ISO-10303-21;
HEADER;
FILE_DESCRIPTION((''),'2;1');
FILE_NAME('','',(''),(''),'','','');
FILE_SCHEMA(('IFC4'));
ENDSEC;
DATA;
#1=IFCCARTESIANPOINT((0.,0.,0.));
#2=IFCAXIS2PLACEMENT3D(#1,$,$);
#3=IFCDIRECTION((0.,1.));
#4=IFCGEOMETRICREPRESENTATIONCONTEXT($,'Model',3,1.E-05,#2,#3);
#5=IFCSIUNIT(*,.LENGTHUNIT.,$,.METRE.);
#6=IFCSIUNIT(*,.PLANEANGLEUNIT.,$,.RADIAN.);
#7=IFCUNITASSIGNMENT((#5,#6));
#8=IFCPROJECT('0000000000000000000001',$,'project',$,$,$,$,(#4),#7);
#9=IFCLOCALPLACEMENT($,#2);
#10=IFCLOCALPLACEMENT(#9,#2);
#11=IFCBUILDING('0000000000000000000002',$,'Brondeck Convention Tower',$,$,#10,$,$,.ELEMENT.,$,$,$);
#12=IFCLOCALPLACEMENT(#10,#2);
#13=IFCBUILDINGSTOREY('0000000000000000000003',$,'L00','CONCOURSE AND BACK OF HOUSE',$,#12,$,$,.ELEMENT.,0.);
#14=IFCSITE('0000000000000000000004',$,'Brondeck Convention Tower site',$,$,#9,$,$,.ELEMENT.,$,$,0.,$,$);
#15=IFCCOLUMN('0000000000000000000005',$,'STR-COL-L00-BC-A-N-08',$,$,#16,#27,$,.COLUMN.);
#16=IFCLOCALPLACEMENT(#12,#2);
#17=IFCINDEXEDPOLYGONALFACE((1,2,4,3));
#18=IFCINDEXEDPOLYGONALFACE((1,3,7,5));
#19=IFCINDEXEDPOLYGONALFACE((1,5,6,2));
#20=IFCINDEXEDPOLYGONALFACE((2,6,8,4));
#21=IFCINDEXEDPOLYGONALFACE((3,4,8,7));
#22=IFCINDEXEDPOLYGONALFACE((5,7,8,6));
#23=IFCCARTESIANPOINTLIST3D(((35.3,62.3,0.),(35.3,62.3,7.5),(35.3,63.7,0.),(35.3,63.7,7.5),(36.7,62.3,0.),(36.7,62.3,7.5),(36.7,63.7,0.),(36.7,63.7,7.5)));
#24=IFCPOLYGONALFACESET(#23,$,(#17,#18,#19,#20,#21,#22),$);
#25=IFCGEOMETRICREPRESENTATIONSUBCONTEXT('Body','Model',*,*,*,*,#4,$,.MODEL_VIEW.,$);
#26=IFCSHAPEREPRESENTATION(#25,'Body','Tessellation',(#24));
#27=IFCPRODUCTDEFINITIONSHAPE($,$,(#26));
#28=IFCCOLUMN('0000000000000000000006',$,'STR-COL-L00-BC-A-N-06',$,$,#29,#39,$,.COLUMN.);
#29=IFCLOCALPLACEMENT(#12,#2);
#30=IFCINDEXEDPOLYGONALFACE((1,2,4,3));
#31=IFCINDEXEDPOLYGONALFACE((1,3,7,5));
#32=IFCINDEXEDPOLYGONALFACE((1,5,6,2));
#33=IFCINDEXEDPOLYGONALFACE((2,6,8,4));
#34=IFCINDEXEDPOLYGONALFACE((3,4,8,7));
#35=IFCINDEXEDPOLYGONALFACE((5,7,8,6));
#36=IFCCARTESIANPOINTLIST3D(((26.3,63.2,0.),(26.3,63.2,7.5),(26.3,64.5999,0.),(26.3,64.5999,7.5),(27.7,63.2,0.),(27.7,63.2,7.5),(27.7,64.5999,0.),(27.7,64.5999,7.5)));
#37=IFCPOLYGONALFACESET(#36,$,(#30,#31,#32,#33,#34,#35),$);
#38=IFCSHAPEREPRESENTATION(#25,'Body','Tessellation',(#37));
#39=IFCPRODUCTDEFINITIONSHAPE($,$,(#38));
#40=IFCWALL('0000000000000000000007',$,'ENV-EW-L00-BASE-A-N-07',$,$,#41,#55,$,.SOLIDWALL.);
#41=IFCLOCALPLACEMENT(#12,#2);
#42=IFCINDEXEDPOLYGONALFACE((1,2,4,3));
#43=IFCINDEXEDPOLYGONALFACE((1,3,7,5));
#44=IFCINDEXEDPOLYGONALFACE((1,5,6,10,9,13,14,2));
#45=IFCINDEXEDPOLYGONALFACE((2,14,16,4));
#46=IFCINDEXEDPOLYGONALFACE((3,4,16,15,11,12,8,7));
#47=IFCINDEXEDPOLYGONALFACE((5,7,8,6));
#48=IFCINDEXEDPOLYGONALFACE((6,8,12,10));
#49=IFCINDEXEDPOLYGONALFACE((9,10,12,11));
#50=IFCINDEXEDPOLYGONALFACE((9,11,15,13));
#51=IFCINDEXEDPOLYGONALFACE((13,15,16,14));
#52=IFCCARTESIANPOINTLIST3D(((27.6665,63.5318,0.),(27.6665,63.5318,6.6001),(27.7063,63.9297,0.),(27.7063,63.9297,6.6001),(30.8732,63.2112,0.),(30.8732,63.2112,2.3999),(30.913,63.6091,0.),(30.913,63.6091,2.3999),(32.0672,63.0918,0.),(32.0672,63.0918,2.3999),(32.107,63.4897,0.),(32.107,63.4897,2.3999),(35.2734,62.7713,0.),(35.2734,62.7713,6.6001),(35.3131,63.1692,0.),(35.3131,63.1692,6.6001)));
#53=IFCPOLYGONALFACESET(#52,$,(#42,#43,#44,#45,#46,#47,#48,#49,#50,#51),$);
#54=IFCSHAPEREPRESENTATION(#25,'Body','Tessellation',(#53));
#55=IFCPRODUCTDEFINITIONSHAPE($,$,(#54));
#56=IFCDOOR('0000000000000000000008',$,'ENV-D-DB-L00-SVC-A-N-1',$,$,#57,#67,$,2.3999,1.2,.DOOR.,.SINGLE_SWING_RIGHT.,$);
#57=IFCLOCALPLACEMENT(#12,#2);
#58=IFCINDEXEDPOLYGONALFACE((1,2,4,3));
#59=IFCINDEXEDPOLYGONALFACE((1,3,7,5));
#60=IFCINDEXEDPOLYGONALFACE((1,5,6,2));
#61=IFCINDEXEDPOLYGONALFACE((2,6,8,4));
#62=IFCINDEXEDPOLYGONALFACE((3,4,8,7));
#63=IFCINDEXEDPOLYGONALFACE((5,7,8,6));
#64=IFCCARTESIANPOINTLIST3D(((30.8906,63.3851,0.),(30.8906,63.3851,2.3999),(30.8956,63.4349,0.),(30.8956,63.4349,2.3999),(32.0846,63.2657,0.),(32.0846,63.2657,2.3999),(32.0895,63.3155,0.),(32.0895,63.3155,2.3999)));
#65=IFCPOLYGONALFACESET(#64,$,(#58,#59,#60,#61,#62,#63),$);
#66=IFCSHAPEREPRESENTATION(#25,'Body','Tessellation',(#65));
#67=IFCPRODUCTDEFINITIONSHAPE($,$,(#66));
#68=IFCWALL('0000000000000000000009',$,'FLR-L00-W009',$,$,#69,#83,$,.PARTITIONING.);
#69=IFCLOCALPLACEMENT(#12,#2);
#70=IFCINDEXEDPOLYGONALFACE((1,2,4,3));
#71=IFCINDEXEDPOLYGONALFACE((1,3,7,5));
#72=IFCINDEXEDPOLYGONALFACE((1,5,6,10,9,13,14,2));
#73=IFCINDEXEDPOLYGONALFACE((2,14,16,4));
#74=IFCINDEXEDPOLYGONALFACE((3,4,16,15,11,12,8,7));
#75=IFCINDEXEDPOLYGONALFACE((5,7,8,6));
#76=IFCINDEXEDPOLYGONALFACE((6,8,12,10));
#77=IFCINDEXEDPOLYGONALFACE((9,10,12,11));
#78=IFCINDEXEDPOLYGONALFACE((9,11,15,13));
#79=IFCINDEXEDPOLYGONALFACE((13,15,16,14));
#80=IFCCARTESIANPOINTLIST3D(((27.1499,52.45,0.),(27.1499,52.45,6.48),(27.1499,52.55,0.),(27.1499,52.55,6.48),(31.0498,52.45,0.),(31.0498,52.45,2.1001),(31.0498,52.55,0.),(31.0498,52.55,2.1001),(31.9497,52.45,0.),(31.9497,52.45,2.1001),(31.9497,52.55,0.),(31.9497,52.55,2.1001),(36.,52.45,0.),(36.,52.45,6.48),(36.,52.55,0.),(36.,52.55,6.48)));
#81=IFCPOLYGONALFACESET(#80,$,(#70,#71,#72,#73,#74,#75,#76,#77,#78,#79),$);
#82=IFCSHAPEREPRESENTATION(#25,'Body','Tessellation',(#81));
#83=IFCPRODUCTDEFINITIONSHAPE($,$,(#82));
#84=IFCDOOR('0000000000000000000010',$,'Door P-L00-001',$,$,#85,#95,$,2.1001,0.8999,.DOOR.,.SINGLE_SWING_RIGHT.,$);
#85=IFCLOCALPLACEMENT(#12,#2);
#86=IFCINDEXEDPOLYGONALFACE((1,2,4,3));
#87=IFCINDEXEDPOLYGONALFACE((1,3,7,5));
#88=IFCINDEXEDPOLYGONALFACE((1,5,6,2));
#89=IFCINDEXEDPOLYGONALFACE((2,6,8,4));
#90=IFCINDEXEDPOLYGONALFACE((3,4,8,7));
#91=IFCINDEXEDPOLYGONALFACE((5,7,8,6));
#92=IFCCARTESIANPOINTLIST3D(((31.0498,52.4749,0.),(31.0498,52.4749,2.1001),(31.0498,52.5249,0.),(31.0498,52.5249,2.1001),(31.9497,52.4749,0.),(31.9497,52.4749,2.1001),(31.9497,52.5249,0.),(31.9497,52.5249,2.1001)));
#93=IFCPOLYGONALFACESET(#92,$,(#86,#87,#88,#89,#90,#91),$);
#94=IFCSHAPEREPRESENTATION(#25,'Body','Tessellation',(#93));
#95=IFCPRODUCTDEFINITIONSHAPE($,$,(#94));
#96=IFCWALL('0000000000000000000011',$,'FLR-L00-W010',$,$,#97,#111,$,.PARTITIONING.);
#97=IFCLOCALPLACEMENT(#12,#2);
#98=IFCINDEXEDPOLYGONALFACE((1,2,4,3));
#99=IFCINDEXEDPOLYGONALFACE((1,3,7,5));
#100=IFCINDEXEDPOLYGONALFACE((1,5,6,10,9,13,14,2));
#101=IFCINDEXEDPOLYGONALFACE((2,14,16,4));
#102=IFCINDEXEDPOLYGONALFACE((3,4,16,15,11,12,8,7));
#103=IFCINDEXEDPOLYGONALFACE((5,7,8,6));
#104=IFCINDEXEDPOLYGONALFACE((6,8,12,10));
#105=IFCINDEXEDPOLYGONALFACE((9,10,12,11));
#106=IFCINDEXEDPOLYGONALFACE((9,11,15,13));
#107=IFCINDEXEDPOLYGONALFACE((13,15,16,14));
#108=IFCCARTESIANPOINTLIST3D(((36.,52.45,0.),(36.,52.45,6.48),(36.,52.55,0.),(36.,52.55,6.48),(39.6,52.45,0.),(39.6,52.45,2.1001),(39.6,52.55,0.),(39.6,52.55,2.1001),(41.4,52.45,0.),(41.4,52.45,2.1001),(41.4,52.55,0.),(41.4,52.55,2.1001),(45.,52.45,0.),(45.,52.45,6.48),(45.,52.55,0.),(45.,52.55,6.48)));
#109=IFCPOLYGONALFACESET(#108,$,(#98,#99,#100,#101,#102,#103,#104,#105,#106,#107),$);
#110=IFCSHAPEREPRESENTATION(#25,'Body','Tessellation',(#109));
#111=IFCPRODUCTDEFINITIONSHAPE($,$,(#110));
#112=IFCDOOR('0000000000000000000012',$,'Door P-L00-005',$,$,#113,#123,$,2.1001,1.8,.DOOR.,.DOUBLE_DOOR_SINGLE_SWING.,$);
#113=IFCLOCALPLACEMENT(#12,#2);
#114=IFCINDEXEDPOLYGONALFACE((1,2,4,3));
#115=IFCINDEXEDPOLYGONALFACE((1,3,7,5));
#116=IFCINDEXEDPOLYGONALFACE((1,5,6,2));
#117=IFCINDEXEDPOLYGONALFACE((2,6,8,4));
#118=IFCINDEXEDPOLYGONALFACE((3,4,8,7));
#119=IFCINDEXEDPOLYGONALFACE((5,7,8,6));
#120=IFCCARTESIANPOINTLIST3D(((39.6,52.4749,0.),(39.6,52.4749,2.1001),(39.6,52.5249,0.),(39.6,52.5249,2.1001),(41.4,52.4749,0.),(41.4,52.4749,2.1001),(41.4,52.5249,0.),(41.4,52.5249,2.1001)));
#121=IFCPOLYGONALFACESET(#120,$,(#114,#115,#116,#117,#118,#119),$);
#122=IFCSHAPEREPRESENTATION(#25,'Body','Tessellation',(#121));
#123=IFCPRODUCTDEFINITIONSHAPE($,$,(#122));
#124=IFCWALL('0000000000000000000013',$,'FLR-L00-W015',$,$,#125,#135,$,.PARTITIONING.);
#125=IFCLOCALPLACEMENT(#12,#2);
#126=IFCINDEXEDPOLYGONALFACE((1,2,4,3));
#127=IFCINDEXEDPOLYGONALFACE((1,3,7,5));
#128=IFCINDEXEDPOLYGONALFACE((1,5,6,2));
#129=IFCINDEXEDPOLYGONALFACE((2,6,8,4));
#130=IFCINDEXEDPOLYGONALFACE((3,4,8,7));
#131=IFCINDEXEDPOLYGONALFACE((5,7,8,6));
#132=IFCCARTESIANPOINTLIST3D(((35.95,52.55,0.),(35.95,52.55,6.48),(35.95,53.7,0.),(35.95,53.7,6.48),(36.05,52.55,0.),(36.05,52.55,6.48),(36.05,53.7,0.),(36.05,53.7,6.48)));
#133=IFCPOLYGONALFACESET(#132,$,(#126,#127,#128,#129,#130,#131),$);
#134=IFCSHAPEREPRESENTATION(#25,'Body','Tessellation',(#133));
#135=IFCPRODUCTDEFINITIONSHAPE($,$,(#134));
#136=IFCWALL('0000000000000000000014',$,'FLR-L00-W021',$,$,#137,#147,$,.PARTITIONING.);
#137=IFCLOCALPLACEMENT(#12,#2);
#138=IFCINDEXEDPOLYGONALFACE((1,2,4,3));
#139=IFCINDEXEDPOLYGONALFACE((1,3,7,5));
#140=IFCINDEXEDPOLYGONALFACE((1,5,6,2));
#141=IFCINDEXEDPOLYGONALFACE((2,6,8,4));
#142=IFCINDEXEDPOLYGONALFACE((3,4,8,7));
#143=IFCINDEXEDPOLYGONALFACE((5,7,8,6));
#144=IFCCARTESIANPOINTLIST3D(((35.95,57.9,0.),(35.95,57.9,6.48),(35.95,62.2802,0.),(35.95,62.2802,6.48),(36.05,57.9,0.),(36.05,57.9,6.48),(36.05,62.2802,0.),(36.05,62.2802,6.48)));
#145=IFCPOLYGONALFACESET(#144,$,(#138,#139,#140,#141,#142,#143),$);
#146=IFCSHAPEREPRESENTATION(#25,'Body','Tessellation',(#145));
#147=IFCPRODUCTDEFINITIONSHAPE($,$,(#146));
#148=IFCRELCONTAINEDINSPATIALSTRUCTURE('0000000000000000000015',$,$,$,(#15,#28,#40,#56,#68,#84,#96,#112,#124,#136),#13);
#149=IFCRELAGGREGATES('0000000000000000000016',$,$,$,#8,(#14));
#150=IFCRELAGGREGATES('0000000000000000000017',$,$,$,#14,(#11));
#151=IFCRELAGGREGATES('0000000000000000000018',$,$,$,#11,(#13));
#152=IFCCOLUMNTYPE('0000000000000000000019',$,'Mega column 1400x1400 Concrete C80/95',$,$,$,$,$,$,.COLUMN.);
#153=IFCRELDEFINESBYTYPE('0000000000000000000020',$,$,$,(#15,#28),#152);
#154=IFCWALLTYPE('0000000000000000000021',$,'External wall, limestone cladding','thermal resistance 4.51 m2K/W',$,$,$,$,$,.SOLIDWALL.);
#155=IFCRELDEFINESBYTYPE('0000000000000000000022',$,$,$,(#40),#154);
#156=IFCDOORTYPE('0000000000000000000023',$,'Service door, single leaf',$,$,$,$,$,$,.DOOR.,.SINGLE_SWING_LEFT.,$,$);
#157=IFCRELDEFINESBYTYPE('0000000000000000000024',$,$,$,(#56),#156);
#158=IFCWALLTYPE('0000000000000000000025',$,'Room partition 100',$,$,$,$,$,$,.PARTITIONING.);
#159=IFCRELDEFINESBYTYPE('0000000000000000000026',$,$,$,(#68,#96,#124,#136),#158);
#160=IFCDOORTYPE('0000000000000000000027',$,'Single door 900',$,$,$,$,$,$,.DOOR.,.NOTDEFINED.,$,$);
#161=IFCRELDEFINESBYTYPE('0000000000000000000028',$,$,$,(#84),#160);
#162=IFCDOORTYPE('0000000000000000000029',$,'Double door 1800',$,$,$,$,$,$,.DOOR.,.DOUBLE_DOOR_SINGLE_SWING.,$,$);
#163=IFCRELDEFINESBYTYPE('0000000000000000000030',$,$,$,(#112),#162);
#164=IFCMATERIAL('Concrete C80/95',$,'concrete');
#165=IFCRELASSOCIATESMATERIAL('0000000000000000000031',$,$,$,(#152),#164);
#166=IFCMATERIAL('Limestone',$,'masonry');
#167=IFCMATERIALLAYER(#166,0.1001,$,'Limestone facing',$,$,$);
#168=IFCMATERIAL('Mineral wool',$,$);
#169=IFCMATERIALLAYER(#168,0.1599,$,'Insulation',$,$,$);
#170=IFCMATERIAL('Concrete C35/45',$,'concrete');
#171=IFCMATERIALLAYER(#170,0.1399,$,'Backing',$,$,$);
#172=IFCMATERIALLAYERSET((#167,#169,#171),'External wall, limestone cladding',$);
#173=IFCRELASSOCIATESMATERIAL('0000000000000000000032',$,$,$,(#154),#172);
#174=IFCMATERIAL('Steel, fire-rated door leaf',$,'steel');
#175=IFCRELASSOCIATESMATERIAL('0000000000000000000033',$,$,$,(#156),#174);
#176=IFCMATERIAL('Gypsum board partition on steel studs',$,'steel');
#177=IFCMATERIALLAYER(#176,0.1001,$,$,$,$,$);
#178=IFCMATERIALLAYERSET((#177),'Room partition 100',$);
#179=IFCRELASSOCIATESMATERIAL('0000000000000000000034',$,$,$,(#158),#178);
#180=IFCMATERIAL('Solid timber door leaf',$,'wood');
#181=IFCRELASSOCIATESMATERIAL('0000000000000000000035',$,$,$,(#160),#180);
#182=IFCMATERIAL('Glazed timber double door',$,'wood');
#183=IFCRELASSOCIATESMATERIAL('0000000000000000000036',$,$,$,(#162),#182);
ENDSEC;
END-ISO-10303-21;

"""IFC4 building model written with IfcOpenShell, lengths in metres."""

from ifc_helpers import new_model, si_unit, direction, frame, frame_2d, origin, origin_2d, place, context, subcontext, project, spatial, rectangle, extrude, material, layer, layer_set, material_profile, profile_set, type_object, element, fill, save


model = new_model("IFC4")

# Units and contexts
model_context = context("Model", 3, precision=1e-05, world=origin(), true_north=direction((0.0, 1.0)))
body_context = subcontext(model_context, "Body", "Model", "MODEL_VIEW")
ifc_project = project(units=[si_unit("LENGTHUNIT", "METRE"), si_unit("PLANEANGLEUNIT", "RADIAN")], contexts=[model_context])

# Site, building, storey
site_placement = place(None, origin())
site = spatial("IfcSite", under=ifc_project, at=site_placement, Name="Brondeck Convention Tower site", CompositionType="ELEMENT", RefElevation=0.0)
building_placement = place(site_placement, origin())
building = spatial("IfcBuilding", under=site, at=building_placement, Name="Brondeck Convention Tower", CompositionType="ELEMENT")
storey_placement = place(building_placement, origin())
storey = spatial("IfcBuildingStorey", under=building, at=storey_placement, Name="L00", Description="CONCOURSE AND BACK OF HOUSE", CompositionType="ELEMENT", Elevation=0.0)

# Columns
ifc_material_1 = material(Name="Concrete C80/95", Category="concrete")
ifc_material_profile = material_profile(ifc_material_1, rectangle(XDim=1.3999, YDim=1.3999, at=origin_2d()), Name="Mega column 1400x1400 Concrete C80/95")
ifc_profile_set = profile_set([ifc_material_profile], Name="Concrete C80/95")
column_type = type_object("IfcColumnType", Name="Mega column 1400x1400 Concrete C80/95", PredefinedType="COLUMN", material=ifc_profile_set)
for number, where, z_axis, x_axis, name in (
    (1, (36.0, 63.0, 0.0), (0.0, 0.0, 1.0), (1.0, 0.0, 0.0), "STR-COL-L00-BC-A-N-08"),
    (2, (27.0, 63.8999, 0.0), (0.0, 0.0, 1.0), (1.0, 0.0, 0.0), "STR-COL-L00-BC-A-N-06"),
):
    element("IfcColumn", number, at=place(storey_placement, frame(where, z_axis=z_axis, x_axis=x_axis)), inside=storey, type_object=column_type, Name=name, PredefinedType="COLUMN", context=body_context, shape_type="SweptSolid", body=[
        extrude(rectangle(XDim=1.3999, YDim=1.3999, at=origin_2d()), origin(), (0.0, 0.0, 1.0), 7.5),
    ])

# Walls, openings, doors
ifc_material_2 = material(Name="Limestone", Category="masonry")
ifc_layer_1 = layer(ifc_material_2, 0.1001, Name="Limestone facing")
ifc_material_3 = material(Name="Mineral wool")
ifc_layer_2 = layer(ifc_material_3, 0.1599, Name="Insulation")
ifc_material_4 = material(Name="Concrete C35/45", Category="concrete")
ifc_layer_3 = layer(ifc_material_4, 0.1399, Name="Backing")
ifc_layer_set_1 = layer_set([ifc_layer_1, ifc_layer_2, ifc_layer_3], Name="External wall, limestone cladding")
wall_type_1 = type_object("IfcWallType", Name="External wall, limestone cladding", Description="thermal resistance 4.51 m2K/W", PredefinedType="SOLIDWALL", material=ifc_layer_set_1)
wall_1_placement = place(storey_placement, frame((27.6865, 63.7307, 0.0), z_axis=(0.0, 0.0, 1.0), x_axis=(0.99504, -0.099478, 0.0)))
wall_1 = element("IfcWall", 3, at=wall_1_placement, inside=storey, type_object=wall_type_1, Name="ENV-EW-L00-BASE-A-N-07", PredefinedType="SOLIDWALL", context=body_context, shape_type="SweptSolid", body=[
    extrude(rectangle(XDim=7.6448, YDim=0.3999, at=frame_2d((3.8223, 0.0))), origin(), (0.0, 0.0, 1.0), 6.6001),
])
opening_1_placement = place(wall_1_placement, frame((3.2224, 0.0, 0.0)))
opening_1 = element("IfcOpeningElement", 4, at=opening_1_placement, cuts=wall_1, PredefinedType="OPENING", context=body_context, shape_type="SweptSolid", body=[
    extrude(rectangle(XDim=1.2, YDim=2.3999, at=frame_2d((0.6001, 1.2))), frame((0.0, 0.21, 0.0), z_axis=(0.0, -1.0, 0.0), x_axis=(1.0, 0.0, 0.0)), (0.0, 0.0, 1.0), 0.4199),
])
ifc_material_5 = material(Name="Steel, fire-rated door leaf", Category="steel")
door_type_1 = type_object("IfcDoorType", Name="Service door, single leaf", OperationType="SINGLE_SWING_LEFT", PredefinedType="DOOR", material=ifc_material_5)
door_1_placement = place(opening_1_placement, origin())
door_1 = element("IfcDoor", 5, at=door_1_placement, inside=storey, type_object=door_type_1, Name="ENV-D-DB-L00-SVC-A-N-1", OperationType="SINGLE_SWING_RIGHT", OverallHeight=2.3999, OverallWidth=1.2, PredefinedType="DOOR", context=body_context, shape_type="SweptSolid", body=[
    extrude(rectangle(XDim=1.2, YDim=2.3999, at=frame_2d((0.6001, 1.2))), frame((0.0, 0.0249, 0.0), z_axis=(0.0, -1.0, 0.0), x_axis=(1.0, 0.0, 0.0)), (0.0, 0.0, 1.0), 0.05),
])
fill(opening_1, door_1)
ifc_material_6 = material(Name="Gypsum board partition on steel studs", Category="steel")
ifc_layer_4 = layer(ifc_material_6, 0.1001)
ifc_layer_set_2 = layer_set([ifc_layer_4], Name="Room partition 100")
wall_type_2 = type_object("IfcWallType", Name="Room partition 100", PredefinedType="PARTITIONING", material=ifc_layer_set_2)
wall_2_placement = place(storey_placement, frame((27.1499, 52.5, 0.0), z_axis=(0.0, 0.0, 1.0), x_axis=(1.0, 0.0, 0.0)))
wall_2 = element("IfcWall", 6, at=wall_2_placement, inside=storey, type_object=wall_type_2, Name="FLR-L00-W009", PredefinedType="PARTITIONING", context=body_context, shape_type="SweptSolid", body=[
    extrude(rectangle(XDim=8.8501, YDim=0.1001, at=frame_2d((4.425, 0.0))), origin(), (0.0, 0.0, 1.0), 6.48),
])
opening_2_placement = place(wall_2_placement, frame((3.8999, 0.0, 0.0)))
opening_2 = element("IfcOpeningElement", 7, at=opening_2_placement, cuts=wall_2, PredefinedType="OPENING", context=body_context, shape_type="SweptSolid", body=[
    extrude(rectangle(XDim=0.8999, YDim=2.1001, at=frame_2d((0.45, 1.05))), frame((0.0, 0.0601, 0.0), z_axis=(0.0, -1.0, 0.0), x_axis=(1.0, 0.0, 0.0)), (0.0, 0.0, 1.0), 0.1201),
])
ifc_material_7 = material(Name="Solid timber door leaf", Category="wood")
door_type_2 = type_object("IfcDoorType", Name="Single door 900", OperationType="NOTDEFINED", PredefinedType="DOOR", material=ifc_material_7)
door_2_placement = place(opening_2_placement, origin())
door_2 = element("IfcDoor", 8, at=door_2_placement, inside=storey, type_object=door_type_2, Name="Door P-L00-001", OperationType="SINGLE_SWING_RIGHT", OverallHeight=2.1001, OverallWidth=0.8999, PredefinedType="DOOR", context=body_context, shape_type="SweptSolid", body=[
    extrude(rectangle(XDim=0.8999, YDim=2.1001, at=frame_2d((0.45, 1.05))), frame((0.0, 0.0249, 0.0), z_axis=(0.0, -1.0, 0.0), x_axis=(1.0, 0.0, 0.0)), (0.0, 0.0, 1.0), 0.05),
])
fill(opening_2, door_2)
wall_3_placement = place(storey_placement, frame((36.0, 52.5, 0.0), z_axis=(0.0, 0.0, 1.0), x_axis=(1.0, 0.0, 0.0)))
wall_3 = element("IfcWall", 9, at=wall_3_placement, inside=storey, type_object=wall_type_2, Name="FLR-L00-W010", PredefinedType="PARTITIONING", context=body_context, shape_type="SweptSolid", body=[
    extrude(rectangle(XDim=9.0, YDim=0.1001, at=frame_2d((4.5, 0.0))), origin(), (0.0, 0.0, 1.0), 6.48),
])
opening_3_placement = place(wall_3_placement, frame((3.6001, 0.0, 0.0)))
opening_3 = element("IfcOpeningElement", 10, at=opening_3_placement, cuts=wall_3, PredefinedType="OPENING", context=body_context, shape_type="SweptSolid", body=[
    extrude(rectangle(XDim=1.8, YDim=2.1001, at=frame_2d((0.8999, 1.05))), frame((0.0, 0.0601, 0.0), z_axis=(0.0, -1.0, 0.0), x_axis=(1.0, 0.0, 0.0)), (0.0, 0.0, 1.0), 0.1201),
])
ifc_material_8 = material(Name="Glazed timber double door", Category="wood")
door_type_3 = type_object("IfcDoorType", Name="Double door 1800", OperationType="DOUBLE_DOOR_SINGLE_SWING", PredefinedType="DOOR", material=ifc_material_8)
door_3_placement = place(opening_3_placement, origin())
door_3 = element("IfcDoor", 11, at=door_3_placement, inside=storey, type_object=door_type_3, Name="Door P-L00-005", OperationType="DOUBLE_DOOR_SINGLE_SWING", OverallHeight=2.1001, OverallWidth=1.8, PredefinedType="DOOR", context=body_context, shape_type="SweptSolid", body=[
    extrude(rectangle(XDim=1.8, YDim=2.1001, at=frame_2d((0.8999, 1.05))), frame((0.0, 0.0249, 0.0), z_axis=(0.0, -1.0, 0.0), x_axis=(1.0, 0.0, 0.0)), (0.0, 0.0, 1.0), 0.05),
])
fill(opening_3, door_3)

# Walls
wall_4_placement = place(storey_placement, frame((36.0, 53.7, 0.0), z_axis=(0.0, 0.0, 1.0), x_axis=(0.0, -1.0, 0.0)))
element("IfcWall", 12, at=wall_4_placement, inside=storey, type_object=wall_type_2, Name="FLR-L00-W015", PredefinedType="PARTITIONING", context=body_context, shape_type="SweptSolid", body=[
    extrude(rectangle(XDim=1.1499, YDim=0.1001, at=frame_2d((0.575, 0.0))), origin(), (0.0, 0.0, 1.0), 6.48),
])
wall_5_placement = place(storey_placement, frame((36.0, 62.28, 0.0), z_axis=(0.0, 0.0, 1.0), x_axis=(0.0, -1.0, 0.0)))
element("IfcWall", 13, at=wall_5_placement, inside=storey, type_object=wall_type_2, Name="FLR-L00-W021", PredefinedType="PARTITIONING", context=body_context, shape_type="SweptSolid", body=[
    extrude(rectangle(XDim=4.3801, YDim=0.1001, at=frame_2d((2.1899, 0.0))), origin(), (0.0, 0.0, 1.0), 6.48),
])

save(model, "model.ifc")
